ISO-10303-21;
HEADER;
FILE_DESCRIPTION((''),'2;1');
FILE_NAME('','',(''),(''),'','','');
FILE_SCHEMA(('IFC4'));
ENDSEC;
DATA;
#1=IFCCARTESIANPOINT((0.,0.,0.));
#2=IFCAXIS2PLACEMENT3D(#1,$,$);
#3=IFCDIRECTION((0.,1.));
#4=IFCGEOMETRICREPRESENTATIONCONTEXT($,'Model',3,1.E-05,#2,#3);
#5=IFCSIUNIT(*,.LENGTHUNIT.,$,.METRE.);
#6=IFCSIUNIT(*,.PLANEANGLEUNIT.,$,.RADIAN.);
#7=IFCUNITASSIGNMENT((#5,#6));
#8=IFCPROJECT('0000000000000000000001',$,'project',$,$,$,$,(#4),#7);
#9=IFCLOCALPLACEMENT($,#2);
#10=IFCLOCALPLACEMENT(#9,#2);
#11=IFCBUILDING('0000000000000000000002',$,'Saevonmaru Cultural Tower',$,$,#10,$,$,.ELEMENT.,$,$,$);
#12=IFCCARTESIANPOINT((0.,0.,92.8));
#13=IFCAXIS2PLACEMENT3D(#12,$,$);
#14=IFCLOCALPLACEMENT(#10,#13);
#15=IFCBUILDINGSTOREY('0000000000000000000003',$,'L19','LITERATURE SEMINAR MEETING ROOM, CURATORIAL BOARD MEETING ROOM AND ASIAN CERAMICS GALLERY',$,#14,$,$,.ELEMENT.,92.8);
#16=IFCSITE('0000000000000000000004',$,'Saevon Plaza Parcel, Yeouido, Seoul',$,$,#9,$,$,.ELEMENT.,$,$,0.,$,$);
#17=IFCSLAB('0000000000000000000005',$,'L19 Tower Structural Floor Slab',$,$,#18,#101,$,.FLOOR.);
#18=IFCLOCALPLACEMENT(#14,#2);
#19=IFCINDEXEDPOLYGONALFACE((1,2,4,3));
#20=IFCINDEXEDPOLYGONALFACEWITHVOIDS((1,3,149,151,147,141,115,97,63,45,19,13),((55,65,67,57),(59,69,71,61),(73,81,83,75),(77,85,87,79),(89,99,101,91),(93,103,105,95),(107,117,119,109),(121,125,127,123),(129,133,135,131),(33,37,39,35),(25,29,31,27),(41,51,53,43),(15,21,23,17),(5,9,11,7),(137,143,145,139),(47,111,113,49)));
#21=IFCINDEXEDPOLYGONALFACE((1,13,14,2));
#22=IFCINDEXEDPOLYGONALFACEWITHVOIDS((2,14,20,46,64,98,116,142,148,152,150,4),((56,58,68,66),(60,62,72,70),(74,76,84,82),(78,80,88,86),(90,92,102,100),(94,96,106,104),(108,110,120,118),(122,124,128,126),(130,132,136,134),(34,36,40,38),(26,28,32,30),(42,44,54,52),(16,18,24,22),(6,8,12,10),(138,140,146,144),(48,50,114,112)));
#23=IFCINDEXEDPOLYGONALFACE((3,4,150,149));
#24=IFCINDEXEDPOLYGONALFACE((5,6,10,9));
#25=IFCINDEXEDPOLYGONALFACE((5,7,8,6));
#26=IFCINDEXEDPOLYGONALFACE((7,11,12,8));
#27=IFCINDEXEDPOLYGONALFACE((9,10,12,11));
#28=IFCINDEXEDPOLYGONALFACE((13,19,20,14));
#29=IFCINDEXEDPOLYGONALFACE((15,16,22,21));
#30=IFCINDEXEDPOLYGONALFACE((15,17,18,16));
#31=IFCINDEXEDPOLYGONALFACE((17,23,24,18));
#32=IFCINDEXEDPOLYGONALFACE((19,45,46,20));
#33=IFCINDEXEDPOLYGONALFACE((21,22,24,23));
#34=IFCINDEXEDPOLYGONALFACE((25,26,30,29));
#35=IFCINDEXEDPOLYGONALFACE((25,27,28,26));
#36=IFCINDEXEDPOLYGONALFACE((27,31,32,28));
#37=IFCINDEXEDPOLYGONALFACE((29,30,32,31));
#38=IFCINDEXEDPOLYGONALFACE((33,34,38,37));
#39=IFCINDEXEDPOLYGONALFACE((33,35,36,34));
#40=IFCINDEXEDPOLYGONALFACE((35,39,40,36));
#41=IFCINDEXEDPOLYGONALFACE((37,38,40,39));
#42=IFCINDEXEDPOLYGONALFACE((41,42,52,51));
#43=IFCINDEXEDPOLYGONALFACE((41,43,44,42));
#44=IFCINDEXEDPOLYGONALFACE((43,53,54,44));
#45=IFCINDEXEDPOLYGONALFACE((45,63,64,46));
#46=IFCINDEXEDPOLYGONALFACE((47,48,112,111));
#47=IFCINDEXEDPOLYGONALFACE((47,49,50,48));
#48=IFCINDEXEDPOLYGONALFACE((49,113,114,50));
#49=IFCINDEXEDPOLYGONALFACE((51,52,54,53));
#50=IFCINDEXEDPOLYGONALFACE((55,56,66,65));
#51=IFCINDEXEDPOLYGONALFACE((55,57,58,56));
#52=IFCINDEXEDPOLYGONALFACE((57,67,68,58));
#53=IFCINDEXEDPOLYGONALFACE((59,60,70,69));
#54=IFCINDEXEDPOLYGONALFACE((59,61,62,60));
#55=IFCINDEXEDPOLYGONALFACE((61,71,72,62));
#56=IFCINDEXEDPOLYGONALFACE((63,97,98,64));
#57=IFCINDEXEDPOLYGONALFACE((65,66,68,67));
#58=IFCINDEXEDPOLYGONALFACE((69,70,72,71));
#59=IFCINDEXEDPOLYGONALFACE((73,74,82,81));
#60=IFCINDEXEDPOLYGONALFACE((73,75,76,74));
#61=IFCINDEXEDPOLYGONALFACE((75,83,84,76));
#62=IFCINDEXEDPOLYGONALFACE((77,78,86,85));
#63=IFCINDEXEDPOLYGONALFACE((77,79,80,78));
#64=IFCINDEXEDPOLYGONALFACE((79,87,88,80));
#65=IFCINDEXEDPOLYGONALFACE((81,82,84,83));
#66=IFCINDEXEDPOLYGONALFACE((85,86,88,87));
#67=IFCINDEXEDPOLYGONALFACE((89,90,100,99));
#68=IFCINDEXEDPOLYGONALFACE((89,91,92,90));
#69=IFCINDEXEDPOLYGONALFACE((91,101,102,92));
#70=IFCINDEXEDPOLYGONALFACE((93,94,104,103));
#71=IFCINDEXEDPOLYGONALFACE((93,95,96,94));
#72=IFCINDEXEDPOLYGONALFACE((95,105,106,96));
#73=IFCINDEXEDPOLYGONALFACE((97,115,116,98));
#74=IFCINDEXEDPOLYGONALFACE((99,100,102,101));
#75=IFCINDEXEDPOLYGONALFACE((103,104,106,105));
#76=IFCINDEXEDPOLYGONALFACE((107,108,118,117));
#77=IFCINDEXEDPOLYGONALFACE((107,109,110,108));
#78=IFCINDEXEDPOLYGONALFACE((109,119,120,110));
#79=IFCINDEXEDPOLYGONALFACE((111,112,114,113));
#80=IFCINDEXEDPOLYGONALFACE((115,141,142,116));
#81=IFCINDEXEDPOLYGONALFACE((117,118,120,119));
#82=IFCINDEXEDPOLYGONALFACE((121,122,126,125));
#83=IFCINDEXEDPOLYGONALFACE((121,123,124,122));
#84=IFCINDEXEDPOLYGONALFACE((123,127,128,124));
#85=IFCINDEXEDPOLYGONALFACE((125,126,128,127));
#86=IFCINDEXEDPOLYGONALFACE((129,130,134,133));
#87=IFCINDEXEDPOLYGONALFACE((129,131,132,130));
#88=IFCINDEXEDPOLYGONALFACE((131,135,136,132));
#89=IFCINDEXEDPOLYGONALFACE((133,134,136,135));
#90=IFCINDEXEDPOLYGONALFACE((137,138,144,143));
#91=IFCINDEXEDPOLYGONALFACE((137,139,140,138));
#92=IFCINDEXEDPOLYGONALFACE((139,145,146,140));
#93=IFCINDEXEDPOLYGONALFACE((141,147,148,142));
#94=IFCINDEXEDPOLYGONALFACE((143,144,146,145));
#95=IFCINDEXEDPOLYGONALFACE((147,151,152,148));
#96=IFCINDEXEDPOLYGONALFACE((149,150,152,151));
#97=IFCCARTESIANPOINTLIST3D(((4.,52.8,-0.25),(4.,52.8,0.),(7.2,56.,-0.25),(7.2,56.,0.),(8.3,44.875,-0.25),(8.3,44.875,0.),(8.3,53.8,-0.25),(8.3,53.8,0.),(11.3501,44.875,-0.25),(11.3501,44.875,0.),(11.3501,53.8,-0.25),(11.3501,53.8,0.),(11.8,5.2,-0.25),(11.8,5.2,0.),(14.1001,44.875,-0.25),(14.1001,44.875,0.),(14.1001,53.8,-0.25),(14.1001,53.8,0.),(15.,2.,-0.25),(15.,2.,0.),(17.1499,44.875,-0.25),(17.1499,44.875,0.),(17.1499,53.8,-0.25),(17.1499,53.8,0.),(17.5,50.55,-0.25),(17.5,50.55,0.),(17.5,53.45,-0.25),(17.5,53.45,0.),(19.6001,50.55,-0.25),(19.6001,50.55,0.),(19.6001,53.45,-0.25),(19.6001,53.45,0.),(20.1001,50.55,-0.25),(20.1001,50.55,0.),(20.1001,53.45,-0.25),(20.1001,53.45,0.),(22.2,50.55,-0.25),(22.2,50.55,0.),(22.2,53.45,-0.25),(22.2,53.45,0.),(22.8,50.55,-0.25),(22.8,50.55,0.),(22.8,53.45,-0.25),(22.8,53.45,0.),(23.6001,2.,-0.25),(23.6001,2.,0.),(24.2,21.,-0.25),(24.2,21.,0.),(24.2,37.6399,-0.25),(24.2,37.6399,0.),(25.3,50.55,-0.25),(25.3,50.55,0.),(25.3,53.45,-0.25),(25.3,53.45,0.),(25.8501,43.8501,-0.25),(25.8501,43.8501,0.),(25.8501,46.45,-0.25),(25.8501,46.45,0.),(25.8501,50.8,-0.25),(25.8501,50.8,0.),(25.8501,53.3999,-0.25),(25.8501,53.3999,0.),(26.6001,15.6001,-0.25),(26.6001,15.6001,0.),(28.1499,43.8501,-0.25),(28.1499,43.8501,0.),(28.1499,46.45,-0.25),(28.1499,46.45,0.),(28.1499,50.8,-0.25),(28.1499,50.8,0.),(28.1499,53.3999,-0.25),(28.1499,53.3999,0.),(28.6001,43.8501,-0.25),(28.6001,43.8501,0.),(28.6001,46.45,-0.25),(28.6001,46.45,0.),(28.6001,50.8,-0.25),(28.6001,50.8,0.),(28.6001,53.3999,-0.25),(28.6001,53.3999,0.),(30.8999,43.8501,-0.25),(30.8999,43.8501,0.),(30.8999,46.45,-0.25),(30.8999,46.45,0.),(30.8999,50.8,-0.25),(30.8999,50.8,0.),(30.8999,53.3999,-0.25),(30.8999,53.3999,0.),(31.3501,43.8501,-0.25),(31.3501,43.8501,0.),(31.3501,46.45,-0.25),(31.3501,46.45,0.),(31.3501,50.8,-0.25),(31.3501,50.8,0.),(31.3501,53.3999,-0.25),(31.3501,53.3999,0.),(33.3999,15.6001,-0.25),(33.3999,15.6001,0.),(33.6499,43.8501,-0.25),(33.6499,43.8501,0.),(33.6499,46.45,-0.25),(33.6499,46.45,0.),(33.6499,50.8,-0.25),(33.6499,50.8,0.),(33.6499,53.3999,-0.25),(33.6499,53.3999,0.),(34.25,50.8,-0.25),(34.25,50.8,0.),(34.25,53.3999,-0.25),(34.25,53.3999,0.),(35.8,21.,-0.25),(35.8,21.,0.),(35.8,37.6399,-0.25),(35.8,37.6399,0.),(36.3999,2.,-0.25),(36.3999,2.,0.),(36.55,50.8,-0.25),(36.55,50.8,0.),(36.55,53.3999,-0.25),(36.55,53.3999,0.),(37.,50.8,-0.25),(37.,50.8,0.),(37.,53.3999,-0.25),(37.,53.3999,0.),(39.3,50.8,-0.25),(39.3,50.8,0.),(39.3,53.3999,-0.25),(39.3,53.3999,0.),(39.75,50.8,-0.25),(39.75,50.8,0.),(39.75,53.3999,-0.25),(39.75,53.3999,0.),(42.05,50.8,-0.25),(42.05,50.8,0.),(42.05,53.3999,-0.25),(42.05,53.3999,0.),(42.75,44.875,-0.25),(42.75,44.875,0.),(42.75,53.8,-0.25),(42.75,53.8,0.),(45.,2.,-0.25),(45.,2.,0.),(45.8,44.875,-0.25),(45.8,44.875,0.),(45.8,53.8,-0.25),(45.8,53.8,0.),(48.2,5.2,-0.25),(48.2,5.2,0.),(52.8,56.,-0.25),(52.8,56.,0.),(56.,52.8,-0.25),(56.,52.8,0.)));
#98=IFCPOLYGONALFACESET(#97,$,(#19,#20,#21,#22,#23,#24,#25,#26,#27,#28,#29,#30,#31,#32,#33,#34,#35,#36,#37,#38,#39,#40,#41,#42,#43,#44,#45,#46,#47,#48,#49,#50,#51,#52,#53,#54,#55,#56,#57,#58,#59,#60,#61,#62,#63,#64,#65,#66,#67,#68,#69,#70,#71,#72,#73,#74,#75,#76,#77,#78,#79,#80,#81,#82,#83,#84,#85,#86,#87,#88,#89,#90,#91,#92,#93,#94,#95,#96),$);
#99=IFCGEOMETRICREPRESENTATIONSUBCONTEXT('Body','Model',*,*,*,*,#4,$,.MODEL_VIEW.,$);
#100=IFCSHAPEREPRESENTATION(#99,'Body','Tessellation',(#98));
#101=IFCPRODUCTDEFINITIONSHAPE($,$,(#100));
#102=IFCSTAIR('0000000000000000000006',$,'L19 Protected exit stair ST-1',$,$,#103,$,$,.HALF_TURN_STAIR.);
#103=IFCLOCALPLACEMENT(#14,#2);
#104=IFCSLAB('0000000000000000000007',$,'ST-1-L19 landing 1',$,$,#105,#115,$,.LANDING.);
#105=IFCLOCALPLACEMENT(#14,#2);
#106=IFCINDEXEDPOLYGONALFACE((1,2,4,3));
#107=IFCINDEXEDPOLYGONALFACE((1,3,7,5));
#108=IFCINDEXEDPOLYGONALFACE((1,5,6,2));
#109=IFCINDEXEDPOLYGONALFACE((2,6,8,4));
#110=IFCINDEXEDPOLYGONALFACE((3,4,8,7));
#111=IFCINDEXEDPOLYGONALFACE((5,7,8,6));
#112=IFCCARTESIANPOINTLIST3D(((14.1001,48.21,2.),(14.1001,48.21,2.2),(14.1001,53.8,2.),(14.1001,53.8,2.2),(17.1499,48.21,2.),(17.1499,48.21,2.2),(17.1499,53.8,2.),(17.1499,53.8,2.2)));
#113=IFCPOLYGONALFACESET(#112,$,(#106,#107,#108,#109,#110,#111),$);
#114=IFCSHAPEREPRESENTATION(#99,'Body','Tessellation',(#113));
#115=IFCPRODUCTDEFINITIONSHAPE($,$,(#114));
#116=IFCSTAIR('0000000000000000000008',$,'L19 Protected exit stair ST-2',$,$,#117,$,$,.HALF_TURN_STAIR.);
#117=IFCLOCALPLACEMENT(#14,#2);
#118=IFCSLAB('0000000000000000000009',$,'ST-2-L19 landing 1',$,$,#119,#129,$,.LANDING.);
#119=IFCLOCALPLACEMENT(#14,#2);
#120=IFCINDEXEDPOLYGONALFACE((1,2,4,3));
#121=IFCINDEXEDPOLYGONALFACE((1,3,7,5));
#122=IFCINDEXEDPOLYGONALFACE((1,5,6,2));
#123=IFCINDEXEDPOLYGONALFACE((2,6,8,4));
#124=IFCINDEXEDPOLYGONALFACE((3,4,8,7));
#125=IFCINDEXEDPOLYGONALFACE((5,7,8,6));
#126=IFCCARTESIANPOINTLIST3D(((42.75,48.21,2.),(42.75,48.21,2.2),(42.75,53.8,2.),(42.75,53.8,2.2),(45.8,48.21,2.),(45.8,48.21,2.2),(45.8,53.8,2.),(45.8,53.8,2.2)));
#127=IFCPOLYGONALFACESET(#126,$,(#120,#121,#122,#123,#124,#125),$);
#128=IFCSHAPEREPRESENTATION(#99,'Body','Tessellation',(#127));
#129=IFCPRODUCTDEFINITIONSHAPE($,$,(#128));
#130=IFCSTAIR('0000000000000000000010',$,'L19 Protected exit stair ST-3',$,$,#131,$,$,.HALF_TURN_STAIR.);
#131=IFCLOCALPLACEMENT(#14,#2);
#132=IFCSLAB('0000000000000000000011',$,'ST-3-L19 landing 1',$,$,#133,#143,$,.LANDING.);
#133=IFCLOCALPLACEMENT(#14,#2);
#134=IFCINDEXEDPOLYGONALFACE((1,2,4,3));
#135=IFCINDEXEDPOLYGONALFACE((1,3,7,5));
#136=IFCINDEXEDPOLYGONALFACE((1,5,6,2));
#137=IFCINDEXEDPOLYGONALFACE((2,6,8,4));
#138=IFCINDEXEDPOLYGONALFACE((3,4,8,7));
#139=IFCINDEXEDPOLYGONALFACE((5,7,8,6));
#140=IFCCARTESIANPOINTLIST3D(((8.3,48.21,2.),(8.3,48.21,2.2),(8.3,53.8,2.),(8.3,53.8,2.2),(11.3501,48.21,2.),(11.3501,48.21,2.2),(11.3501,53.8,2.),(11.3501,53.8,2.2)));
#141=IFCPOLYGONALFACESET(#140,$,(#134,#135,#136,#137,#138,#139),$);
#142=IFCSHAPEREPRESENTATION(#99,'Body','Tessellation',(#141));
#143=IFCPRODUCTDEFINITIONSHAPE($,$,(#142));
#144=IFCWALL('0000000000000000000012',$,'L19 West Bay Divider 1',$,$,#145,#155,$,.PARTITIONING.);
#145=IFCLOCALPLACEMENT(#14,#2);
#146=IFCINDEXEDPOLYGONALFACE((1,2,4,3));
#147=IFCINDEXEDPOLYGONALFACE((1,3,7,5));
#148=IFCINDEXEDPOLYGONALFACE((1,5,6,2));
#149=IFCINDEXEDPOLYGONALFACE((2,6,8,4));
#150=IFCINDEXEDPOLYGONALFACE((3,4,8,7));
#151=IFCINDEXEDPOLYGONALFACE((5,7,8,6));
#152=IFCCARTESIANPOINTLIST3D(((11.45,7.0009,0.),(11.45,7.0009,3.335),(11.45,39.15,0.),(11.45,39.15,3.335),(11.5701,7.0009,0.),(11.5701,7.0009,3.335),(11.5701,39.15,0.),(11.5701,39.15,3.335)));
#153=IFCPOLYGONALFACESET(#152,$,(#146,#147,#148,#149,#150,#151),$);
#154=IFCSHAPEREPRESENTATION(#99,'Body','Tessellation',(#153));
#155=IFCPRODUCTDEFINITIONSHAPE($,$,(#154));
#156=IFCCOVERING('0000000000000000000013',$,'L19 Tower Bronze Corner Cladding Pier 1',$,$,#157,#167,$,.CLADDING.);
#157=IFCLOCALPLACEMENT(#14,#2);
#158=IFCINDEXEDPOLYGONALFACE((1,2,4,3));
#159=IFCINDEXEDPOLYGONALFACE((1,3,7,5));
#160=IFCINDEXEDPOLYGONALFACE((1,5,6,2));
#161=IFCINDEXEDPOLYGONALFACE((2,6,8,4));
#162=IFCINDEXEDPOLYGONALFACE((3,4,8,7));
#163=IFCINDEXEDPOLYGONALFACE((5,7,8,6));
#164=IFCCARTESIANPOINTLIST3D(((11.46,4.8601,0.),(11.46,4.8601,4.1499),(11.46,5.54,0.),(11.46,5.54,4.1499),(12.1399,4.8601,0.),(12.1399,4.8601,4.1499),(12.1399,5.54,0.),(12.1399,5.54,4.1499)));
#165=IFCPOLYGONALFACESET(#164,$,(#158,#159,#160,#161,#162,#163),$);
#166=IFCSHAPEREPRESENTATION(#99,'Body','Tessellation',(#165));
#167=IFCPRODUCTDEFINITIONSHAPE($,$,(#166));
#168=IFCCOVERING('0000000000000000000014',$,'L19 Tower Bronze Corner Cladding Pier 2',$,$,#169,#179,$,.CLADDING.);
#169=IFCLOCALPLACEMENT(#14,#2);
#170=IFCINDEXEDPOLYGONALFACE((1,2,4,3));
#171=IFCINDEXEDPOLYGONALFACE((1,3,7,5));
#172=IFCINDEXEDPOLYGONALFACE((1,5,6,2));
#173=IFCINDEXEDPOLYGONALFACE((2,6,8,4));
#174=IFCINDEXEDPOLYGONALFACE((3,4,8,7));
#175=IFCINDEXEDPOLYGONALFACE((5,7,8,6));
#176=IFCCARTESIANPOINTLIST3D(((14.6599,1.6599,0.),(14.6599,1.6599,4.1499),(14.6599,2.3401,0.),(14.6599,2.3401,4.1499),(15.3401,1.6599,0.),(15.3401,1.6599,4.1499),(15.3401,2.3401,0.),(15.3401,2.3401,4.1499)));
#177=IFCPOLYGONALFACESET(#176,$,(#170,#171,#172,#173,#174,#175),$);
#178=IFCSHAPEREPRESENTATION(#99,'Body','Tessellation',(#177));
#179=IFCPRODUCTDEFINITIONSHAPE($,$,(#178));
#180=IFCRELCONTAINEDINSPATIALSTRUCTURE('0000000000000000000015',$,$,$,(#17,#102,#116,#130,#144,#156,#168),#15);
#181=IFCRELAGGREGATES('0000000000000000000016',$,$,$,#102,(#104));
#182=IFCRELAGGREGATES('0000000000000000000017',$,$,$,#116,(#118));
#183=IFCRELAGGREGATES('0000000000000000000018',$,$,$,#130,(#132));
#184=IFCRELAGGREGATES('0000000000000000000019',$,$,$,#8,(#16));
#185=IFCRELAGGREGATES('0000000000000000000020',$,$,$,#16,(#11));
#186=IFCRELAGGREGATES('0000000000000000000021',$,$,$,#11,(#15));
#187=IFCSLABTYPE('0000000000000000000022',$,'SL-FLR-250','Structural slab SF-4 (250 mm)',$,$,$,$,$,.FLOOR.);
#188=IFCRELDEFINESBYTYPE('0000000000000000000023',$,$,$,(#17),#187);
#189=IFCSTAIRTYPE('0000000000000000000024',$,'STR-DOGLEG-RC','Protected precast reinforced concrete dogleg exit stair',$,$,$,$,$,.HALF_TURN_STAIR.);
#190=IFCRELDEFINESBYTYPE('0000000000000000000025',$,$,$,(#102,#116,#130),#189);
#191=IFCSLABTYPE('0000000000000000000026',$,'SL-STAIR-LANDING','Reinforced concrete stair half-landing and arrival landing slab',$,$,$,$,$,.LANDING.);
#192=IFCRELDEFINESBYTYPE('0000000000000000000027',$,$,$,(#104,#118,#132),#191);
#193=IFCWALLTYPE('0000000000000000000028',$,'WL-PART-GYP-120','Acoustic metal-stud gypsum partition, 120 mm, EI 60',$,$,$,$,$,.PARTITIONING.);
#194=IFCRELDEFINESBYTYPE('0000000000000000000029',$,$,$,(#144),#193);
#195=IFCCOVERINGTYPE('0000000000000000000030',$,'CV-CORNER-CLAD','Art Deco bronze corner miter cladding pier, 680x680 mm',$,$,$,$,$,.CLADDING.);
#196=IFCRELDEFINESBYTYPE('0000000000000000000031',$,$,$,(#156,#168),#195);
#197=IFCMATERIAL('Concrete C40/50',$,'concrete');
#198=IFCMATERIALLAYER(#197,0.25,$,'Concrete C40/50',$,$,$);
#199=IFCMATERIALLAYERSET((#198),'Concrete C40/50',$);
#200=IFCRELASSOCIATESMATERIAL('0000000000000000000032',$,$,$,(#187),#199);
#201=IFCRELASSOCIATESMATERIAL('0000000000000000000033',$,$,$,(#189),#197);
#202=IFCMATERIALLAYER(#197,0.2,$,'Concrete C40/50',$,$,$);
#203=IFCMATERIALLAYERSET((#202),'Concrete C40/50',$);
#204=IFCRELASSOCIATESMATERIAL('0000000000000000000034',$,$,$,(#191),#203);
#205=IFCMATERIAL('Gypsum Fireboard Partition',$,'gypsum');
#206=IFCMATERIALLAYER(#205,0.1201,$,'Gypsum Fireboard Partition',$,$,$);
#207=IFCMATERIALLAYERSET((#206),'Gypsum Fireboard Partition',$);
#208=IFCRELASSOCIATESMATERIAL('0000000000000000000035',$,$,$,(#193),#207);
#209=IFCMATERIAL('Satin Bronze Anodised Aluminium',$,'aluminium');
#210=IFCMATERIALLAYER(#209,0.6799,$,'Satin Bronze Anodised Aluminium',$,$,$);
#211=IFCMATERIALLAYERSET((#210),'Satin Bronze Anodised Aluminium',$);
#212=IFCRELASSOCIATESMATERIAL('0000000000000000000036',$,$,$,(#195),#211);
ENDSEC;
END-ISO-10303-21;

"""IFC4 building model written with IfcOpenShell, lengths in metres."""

from ifc_helpers import new_model, si_unit, direction, frame, frame_2d, origin, place, context, subcontext, project, spatial, polyline, rectangle, outline, extrude, material, layer, layer_set, type_object, element, aggregate, save


model = new_model("IFC4")

# Units and contexts
model_context = context("Model", 3, precision=1e-05, world=origin(), true_north=direction((0.0, 1.0)))
body_context = subcontext(model_context, "Body", "Model", "MODEL_VIEW")
ifc_project = project(units=[si_unit("LENGTHUNIT", "METRE"), si_unit("PLANEANGLEUNIT", "RADIAN")], contexts=[model_context])

# Site, building, storey
site_placement = place(None, origin())
site = spatial("IfcSite", under=ifc_project, at=site_placement, Name="Saevon Plaza Parcel, Yeouido, Seoul", CompositionType="ELEMENT", RefElevation=0.0)
building_placement = place(site_placement, origin())
building = spatial("IfcBuilding", under=site, at=building_placement, Name="Saevonmaru Cultural Tower", CompositionType="ELEMENT")
storey_placement = place(building_placement, frame((0.0, 0.0, 92.8)))
storey = spatial("IfcBuildingStorey", under=building, at=storey_placement, Name="L19", Description="LITERATURE SEMINAR MEETING ROOM, CURATORIAL BOARD MEETING ROOM AND ASIAN CERAMICS GALLERY", CompositionType="ELEMENT", Elevation=92.8)

# Shared definitions
ifc_material_1 = material(Name="Satin Bronze Anodised Aluminium", Category="aluminium")

# Slab
ifc_material_2 = material(Name="Concrete C40/50", Category="concrete")
ifc_layer_1 = layer(ifc_material_2, 0.25, Name="Concrete C40/50")
ifc_layer_set_1 = layer_set([ifc_layer_1], Name="Concrete C40/50")
slab_type_1 = type_object("IfcSlabType", Name="SL-FLR-250", Description="Structural slab SF-4 (250 mm)", PredefinedType="FLOOR", material=ifc_layer_set_1)
slab_1_placement = place(storey_placement, frame((0.0, 0.0, -0.25)))
element("IfcSlab", 1, at=slab_1_placement, inside=storey, type_object=slab_type_1, Name="L19 Tower Structural Floor Slab", PredefinedType="FLOOR", context=body_context, shape_type="SweptSolid", body=[
    extrude(outline(polyline([(11.8, 5.2), (15.0, 2.0), (23.6001, 2.0), (26.6001, 15.6001), (33.3999, 15.6001), (36.3999, 2.0), (45.0, 2.0), (48.2, 5.2), (56.0, 52.8), (52.8, 56.0), (7.2, 56.0), (4.0, 52.8), (11.8, 5.2)]), holes=[polyline([(45.8, 44.875), (42.75, 44.875), (42.75, 53.8), (45.8, 53.8), (45.8, 44.875)]), polyline([(39.75, 50.8), (39.75, 53.3999), (42.05, 53.3999), (42.05, 50.8), (39.75, 50.8)]), polyline([(37.0, 50.8), (37.0, 53.3999), (39.3, 53.3999), (39.3, 50.8), (37.0, 50.8)]), polyline([(34.25, 50.8), (34.25, 53.3999), (36.55, 53.3999), (36.55, 50.8), (34.25, 50.8)]), polyline([(24.2, 21.0), (24.2, 37.6399), (35.8, 37.6399), (35.8, 21.0), (24.2, 21.0)]), polyline([(31.3501, 50.8), (31.3501, 53.3999), (33.6499, 53.3999), (33.6499, 50.8), (31.3501, 50.8)]), polyline([(31.3501, 43.8501), (31.3501, 46.45), (33.6499, 46.45), (33.6499, 43.8501), (31.3501, 43.8501)]), polyline([(28.6001, 43.8501), (28.6001, 46.45), (30.8999, 46.45), (30.8999, 43.8501), (28.6001, 43.8501)]), polyline([(28.6001, 50.8), (28.6001, 53.3999), (30.8999, 53.3999), (30.8999, 50.8), (28.6001, 50.8)]), polyline([(25.8501, 50.8), (25.8501, 53.3999), (28.1499, 53.3999), (28.1499, 50.8), (25.8501, 50.8)]), polyline([(25.8501, 43.8501), (25.8501, 46.45), (28.1499, 46.45), (28.1499, 43.8501), (25.8501, 43.8501)]), polyline([(22.8, 50.55), (22.8, 53.45), (25.3, 53.45), (25.3, 50.55), (22.8, 50.55)]), polyline([(20.1001, 50.55), (20.1001, 53.45), (22.2, 53.45), (22.2, 50.55), (20.1001, 50.55)]), polyline([(17.5, 50.55), (17.5, 53.45), (19.6001, 53.45), (19.6001, 50.55), (17.5, 50.55)]), polyline([(17.1499, 44.875), (14.1001, 44.875), (14.1001, 53.8), (17.1499, 53.8), (17.1499, 44.875)]), polyline([(11.3501, 44.875), (8.3, 44.875), (8.3, 53.8), (11.3501, 53.8), (11.3501, 44.875)])]), origin(), (0.0, 0.0, 1.0), 0.25),
])

# Stairs, slabs
stair_type = type_object("IfcStairType", Name="STR-DOGLEG-RC", Description="Protected precast reinforced concrete dogleg exit stair", PredefinedType="HALF_TURN_STAIR", material=ifc_material_2)
stair_1_placement = place(storey_placement, origin())
stair_1 = element("IfcStair", 2, at=stair_1_placement, inside=storey, type_object=stair_type, Name="L19 Protected exit stair ST-1", PredefinedType="HALF_TURN_STAIR")
ifc_layer_2 = layer(ifc_material_2, 0.2, Name="Concrete C40/50")
ifc_layer_set_2 = layer_set([ifc_layer_2], Name="Concrete C40/50")
slab_type_2 = type_object("IfcSlabType", Name="SL-STAIR-LANDING", Description="Reinforced concrete stair half-landing and arrival landing slab", PredefinedType="LANDING", material=ifc_layer_set_2)
slab_2_placement = place(storey_placement, frame((0.0, 0.0, 2.0)))
slab_2 = element("IfcSlab", 3, at=slab_2_placement, type_object=slab_type_2, Name="ST-1-L19 landing 1", PredefinedType="LANDING", context=body_context, shape_type="SweptSolid", body=[
    extrude(outline(polyline([(17.1499, 48.21), (17.1499, 53.8), (14.1001, 53.8), (14.1001, 48.21), (17.1499, 48.21)])), origin(), (0.0, 0.0, 1.0), 0.2),
])
aggregate(stair_1, [slab_2])
stair_2_placement = place(storey_placement, origin())
stair_2 = element("IfcStair", 4, at=stair_2_placement, inside=storey, type_object=stair_type, Name="L19 Protected exit stair ST-2", PredefinedType="HALF_TURN_STAIR")
slab_3_placement = place(storey_placement, frame((0.0, 0.0, 2.0)))
slab_3 = element("IfcSlab", 5, at=slab_3_placement, type_object=slab_type_2, Name="ST-2-L19 landing 1", PredefinedType="LANDING", context=body_context, shape_type="SweptSolid", body=[
    extrude(outline(polyline([(45.8, 48.21), (45.8, 53.8), (42.75, 53.8), (42.75, 48.21), (45.8, 48.21)])), origin(), (0.0, 0.0, 1.0), 0.2),
])
aggregate(stair_2, [slab_3])
stair_3_placement = place(storey_placement, origin())
stair_3 = element("IfcStair", 6, at=stair_3_placement, inside=storey, type_object=stair_type, Name="L19 Protected exit stair ST-3", PredefinedType="HALF_TURN_STAIR")
slab_4_placement = place(storey_placement, frame((0.0, 0.0, 2.0)))
slab_4 = element("IfcSlab", 7, at=slab_4_placement, type_object=slab_type_2, Name="ST-3-L19 landing 1", PredefinedType="LANDING", context=body_context, shape_type="SweptSolid", body=[
    extrude(outline(polyline([(11.3501, 48.21), (11.3501, 53.8), (8.3, 53.8), (8.3, 48.21), (11.3501, 48.21)])), origin(), (0.0, 0.0, 1.0), 0.2),
])
aggregate(stair_3, [slab_4])

# Wall
ifc_material_3 = material(Name="Gypsum Fireboard Partition", Category="gypsum")
ifc_layer_3 = layer(ifc_material_3, 0.1201, Name="Gypsum Fireboard Partition")
ifc_layer_set_3 = layer_set([ifc_layer_3], Name="Gypsum Fireboard Partition")
wall_type = type_object("IfcWallType", Name="WL-PART-GYP-120", Description="Acoustic metal-stud gypsum partition, 120 mm, EI 60", PredefinedType="PARTITIONING", material=ifc_layer_set_3)
wall_placement = place(storey_placement, frame((11.51, 7.0007, 0.0), z_axis=(0.0, 0.0, 1.0), x_axis=(0.0, 1.0, 0.0)))
element("IfcWall", 8, at=wall_placement, inside=storey, type_object=wall_type, Name="L19 West Bay Divider 1", PredefinedType="PARTITIONING", context=body_context, shape_type="SweptSolid", body=[
    extrude(rectangle(XDim=32.1492, YDim=0.1201, at=frame_2d((16.0747, 0.0))), origin(), (0.0, 0.0, 1.0), 3.335),
])

# Coverings
ifc_layer_4 = layer(ifc_material_1, 0.6799, Name="Satin Bronze Anodised Aluminium")
ifc_layer_set_4 = layer_set([ifc_layer_4], Name="Satin Bronze Anodised Aluminium")
covering_type = type_object("IfcCoveringType", Name="CV-CORNER-CLAD", Description="Art Deco bronze corner miter cladding pier, 680x680 mm", PredefinedType="CLADDING", material=ifc_layer_set_4)
covering_1_placement = place(storey_placement, origin())
element("IfcCovering", 9, at=covering_1_placement, inside=storey, type_object=covering_type, Name="L19 Tower Bronze Corner Cladding Pier 1", PredefinedType="CLADDING", context=body_context, shape_type="SweptSolid", body=[
    extrude(outline(polyline([(11.46, 4.8601), (12.1399, 4.8601), (12.1399, 5.54), (11.46, 5.54), (11.46, 4.8601)])), origin(), (0.0, 0.0, 1.0), 4.1499),
])
covering_2_placement = place(storey_placement, origin())
element("IfcCovering", 10, at=covering_2_placement, inside=storey, type_object=covering_type, Name="L19 Tower Bronze Corner Cladding Pier 2", PredefinedType="CLADDING", context=body_context, shape_type="SweptSolid", body=[
    extrude(outline(polyline([(14.6599, 1.6599), (15.3401, 1.6599), (15.3401, 2.3401), (14.6599, 2.3401), (14.6599, 1.6599)])), origin(), (0.0, 0.0, 1.0), 4.1499),
])

save(model, "model.ifc")
